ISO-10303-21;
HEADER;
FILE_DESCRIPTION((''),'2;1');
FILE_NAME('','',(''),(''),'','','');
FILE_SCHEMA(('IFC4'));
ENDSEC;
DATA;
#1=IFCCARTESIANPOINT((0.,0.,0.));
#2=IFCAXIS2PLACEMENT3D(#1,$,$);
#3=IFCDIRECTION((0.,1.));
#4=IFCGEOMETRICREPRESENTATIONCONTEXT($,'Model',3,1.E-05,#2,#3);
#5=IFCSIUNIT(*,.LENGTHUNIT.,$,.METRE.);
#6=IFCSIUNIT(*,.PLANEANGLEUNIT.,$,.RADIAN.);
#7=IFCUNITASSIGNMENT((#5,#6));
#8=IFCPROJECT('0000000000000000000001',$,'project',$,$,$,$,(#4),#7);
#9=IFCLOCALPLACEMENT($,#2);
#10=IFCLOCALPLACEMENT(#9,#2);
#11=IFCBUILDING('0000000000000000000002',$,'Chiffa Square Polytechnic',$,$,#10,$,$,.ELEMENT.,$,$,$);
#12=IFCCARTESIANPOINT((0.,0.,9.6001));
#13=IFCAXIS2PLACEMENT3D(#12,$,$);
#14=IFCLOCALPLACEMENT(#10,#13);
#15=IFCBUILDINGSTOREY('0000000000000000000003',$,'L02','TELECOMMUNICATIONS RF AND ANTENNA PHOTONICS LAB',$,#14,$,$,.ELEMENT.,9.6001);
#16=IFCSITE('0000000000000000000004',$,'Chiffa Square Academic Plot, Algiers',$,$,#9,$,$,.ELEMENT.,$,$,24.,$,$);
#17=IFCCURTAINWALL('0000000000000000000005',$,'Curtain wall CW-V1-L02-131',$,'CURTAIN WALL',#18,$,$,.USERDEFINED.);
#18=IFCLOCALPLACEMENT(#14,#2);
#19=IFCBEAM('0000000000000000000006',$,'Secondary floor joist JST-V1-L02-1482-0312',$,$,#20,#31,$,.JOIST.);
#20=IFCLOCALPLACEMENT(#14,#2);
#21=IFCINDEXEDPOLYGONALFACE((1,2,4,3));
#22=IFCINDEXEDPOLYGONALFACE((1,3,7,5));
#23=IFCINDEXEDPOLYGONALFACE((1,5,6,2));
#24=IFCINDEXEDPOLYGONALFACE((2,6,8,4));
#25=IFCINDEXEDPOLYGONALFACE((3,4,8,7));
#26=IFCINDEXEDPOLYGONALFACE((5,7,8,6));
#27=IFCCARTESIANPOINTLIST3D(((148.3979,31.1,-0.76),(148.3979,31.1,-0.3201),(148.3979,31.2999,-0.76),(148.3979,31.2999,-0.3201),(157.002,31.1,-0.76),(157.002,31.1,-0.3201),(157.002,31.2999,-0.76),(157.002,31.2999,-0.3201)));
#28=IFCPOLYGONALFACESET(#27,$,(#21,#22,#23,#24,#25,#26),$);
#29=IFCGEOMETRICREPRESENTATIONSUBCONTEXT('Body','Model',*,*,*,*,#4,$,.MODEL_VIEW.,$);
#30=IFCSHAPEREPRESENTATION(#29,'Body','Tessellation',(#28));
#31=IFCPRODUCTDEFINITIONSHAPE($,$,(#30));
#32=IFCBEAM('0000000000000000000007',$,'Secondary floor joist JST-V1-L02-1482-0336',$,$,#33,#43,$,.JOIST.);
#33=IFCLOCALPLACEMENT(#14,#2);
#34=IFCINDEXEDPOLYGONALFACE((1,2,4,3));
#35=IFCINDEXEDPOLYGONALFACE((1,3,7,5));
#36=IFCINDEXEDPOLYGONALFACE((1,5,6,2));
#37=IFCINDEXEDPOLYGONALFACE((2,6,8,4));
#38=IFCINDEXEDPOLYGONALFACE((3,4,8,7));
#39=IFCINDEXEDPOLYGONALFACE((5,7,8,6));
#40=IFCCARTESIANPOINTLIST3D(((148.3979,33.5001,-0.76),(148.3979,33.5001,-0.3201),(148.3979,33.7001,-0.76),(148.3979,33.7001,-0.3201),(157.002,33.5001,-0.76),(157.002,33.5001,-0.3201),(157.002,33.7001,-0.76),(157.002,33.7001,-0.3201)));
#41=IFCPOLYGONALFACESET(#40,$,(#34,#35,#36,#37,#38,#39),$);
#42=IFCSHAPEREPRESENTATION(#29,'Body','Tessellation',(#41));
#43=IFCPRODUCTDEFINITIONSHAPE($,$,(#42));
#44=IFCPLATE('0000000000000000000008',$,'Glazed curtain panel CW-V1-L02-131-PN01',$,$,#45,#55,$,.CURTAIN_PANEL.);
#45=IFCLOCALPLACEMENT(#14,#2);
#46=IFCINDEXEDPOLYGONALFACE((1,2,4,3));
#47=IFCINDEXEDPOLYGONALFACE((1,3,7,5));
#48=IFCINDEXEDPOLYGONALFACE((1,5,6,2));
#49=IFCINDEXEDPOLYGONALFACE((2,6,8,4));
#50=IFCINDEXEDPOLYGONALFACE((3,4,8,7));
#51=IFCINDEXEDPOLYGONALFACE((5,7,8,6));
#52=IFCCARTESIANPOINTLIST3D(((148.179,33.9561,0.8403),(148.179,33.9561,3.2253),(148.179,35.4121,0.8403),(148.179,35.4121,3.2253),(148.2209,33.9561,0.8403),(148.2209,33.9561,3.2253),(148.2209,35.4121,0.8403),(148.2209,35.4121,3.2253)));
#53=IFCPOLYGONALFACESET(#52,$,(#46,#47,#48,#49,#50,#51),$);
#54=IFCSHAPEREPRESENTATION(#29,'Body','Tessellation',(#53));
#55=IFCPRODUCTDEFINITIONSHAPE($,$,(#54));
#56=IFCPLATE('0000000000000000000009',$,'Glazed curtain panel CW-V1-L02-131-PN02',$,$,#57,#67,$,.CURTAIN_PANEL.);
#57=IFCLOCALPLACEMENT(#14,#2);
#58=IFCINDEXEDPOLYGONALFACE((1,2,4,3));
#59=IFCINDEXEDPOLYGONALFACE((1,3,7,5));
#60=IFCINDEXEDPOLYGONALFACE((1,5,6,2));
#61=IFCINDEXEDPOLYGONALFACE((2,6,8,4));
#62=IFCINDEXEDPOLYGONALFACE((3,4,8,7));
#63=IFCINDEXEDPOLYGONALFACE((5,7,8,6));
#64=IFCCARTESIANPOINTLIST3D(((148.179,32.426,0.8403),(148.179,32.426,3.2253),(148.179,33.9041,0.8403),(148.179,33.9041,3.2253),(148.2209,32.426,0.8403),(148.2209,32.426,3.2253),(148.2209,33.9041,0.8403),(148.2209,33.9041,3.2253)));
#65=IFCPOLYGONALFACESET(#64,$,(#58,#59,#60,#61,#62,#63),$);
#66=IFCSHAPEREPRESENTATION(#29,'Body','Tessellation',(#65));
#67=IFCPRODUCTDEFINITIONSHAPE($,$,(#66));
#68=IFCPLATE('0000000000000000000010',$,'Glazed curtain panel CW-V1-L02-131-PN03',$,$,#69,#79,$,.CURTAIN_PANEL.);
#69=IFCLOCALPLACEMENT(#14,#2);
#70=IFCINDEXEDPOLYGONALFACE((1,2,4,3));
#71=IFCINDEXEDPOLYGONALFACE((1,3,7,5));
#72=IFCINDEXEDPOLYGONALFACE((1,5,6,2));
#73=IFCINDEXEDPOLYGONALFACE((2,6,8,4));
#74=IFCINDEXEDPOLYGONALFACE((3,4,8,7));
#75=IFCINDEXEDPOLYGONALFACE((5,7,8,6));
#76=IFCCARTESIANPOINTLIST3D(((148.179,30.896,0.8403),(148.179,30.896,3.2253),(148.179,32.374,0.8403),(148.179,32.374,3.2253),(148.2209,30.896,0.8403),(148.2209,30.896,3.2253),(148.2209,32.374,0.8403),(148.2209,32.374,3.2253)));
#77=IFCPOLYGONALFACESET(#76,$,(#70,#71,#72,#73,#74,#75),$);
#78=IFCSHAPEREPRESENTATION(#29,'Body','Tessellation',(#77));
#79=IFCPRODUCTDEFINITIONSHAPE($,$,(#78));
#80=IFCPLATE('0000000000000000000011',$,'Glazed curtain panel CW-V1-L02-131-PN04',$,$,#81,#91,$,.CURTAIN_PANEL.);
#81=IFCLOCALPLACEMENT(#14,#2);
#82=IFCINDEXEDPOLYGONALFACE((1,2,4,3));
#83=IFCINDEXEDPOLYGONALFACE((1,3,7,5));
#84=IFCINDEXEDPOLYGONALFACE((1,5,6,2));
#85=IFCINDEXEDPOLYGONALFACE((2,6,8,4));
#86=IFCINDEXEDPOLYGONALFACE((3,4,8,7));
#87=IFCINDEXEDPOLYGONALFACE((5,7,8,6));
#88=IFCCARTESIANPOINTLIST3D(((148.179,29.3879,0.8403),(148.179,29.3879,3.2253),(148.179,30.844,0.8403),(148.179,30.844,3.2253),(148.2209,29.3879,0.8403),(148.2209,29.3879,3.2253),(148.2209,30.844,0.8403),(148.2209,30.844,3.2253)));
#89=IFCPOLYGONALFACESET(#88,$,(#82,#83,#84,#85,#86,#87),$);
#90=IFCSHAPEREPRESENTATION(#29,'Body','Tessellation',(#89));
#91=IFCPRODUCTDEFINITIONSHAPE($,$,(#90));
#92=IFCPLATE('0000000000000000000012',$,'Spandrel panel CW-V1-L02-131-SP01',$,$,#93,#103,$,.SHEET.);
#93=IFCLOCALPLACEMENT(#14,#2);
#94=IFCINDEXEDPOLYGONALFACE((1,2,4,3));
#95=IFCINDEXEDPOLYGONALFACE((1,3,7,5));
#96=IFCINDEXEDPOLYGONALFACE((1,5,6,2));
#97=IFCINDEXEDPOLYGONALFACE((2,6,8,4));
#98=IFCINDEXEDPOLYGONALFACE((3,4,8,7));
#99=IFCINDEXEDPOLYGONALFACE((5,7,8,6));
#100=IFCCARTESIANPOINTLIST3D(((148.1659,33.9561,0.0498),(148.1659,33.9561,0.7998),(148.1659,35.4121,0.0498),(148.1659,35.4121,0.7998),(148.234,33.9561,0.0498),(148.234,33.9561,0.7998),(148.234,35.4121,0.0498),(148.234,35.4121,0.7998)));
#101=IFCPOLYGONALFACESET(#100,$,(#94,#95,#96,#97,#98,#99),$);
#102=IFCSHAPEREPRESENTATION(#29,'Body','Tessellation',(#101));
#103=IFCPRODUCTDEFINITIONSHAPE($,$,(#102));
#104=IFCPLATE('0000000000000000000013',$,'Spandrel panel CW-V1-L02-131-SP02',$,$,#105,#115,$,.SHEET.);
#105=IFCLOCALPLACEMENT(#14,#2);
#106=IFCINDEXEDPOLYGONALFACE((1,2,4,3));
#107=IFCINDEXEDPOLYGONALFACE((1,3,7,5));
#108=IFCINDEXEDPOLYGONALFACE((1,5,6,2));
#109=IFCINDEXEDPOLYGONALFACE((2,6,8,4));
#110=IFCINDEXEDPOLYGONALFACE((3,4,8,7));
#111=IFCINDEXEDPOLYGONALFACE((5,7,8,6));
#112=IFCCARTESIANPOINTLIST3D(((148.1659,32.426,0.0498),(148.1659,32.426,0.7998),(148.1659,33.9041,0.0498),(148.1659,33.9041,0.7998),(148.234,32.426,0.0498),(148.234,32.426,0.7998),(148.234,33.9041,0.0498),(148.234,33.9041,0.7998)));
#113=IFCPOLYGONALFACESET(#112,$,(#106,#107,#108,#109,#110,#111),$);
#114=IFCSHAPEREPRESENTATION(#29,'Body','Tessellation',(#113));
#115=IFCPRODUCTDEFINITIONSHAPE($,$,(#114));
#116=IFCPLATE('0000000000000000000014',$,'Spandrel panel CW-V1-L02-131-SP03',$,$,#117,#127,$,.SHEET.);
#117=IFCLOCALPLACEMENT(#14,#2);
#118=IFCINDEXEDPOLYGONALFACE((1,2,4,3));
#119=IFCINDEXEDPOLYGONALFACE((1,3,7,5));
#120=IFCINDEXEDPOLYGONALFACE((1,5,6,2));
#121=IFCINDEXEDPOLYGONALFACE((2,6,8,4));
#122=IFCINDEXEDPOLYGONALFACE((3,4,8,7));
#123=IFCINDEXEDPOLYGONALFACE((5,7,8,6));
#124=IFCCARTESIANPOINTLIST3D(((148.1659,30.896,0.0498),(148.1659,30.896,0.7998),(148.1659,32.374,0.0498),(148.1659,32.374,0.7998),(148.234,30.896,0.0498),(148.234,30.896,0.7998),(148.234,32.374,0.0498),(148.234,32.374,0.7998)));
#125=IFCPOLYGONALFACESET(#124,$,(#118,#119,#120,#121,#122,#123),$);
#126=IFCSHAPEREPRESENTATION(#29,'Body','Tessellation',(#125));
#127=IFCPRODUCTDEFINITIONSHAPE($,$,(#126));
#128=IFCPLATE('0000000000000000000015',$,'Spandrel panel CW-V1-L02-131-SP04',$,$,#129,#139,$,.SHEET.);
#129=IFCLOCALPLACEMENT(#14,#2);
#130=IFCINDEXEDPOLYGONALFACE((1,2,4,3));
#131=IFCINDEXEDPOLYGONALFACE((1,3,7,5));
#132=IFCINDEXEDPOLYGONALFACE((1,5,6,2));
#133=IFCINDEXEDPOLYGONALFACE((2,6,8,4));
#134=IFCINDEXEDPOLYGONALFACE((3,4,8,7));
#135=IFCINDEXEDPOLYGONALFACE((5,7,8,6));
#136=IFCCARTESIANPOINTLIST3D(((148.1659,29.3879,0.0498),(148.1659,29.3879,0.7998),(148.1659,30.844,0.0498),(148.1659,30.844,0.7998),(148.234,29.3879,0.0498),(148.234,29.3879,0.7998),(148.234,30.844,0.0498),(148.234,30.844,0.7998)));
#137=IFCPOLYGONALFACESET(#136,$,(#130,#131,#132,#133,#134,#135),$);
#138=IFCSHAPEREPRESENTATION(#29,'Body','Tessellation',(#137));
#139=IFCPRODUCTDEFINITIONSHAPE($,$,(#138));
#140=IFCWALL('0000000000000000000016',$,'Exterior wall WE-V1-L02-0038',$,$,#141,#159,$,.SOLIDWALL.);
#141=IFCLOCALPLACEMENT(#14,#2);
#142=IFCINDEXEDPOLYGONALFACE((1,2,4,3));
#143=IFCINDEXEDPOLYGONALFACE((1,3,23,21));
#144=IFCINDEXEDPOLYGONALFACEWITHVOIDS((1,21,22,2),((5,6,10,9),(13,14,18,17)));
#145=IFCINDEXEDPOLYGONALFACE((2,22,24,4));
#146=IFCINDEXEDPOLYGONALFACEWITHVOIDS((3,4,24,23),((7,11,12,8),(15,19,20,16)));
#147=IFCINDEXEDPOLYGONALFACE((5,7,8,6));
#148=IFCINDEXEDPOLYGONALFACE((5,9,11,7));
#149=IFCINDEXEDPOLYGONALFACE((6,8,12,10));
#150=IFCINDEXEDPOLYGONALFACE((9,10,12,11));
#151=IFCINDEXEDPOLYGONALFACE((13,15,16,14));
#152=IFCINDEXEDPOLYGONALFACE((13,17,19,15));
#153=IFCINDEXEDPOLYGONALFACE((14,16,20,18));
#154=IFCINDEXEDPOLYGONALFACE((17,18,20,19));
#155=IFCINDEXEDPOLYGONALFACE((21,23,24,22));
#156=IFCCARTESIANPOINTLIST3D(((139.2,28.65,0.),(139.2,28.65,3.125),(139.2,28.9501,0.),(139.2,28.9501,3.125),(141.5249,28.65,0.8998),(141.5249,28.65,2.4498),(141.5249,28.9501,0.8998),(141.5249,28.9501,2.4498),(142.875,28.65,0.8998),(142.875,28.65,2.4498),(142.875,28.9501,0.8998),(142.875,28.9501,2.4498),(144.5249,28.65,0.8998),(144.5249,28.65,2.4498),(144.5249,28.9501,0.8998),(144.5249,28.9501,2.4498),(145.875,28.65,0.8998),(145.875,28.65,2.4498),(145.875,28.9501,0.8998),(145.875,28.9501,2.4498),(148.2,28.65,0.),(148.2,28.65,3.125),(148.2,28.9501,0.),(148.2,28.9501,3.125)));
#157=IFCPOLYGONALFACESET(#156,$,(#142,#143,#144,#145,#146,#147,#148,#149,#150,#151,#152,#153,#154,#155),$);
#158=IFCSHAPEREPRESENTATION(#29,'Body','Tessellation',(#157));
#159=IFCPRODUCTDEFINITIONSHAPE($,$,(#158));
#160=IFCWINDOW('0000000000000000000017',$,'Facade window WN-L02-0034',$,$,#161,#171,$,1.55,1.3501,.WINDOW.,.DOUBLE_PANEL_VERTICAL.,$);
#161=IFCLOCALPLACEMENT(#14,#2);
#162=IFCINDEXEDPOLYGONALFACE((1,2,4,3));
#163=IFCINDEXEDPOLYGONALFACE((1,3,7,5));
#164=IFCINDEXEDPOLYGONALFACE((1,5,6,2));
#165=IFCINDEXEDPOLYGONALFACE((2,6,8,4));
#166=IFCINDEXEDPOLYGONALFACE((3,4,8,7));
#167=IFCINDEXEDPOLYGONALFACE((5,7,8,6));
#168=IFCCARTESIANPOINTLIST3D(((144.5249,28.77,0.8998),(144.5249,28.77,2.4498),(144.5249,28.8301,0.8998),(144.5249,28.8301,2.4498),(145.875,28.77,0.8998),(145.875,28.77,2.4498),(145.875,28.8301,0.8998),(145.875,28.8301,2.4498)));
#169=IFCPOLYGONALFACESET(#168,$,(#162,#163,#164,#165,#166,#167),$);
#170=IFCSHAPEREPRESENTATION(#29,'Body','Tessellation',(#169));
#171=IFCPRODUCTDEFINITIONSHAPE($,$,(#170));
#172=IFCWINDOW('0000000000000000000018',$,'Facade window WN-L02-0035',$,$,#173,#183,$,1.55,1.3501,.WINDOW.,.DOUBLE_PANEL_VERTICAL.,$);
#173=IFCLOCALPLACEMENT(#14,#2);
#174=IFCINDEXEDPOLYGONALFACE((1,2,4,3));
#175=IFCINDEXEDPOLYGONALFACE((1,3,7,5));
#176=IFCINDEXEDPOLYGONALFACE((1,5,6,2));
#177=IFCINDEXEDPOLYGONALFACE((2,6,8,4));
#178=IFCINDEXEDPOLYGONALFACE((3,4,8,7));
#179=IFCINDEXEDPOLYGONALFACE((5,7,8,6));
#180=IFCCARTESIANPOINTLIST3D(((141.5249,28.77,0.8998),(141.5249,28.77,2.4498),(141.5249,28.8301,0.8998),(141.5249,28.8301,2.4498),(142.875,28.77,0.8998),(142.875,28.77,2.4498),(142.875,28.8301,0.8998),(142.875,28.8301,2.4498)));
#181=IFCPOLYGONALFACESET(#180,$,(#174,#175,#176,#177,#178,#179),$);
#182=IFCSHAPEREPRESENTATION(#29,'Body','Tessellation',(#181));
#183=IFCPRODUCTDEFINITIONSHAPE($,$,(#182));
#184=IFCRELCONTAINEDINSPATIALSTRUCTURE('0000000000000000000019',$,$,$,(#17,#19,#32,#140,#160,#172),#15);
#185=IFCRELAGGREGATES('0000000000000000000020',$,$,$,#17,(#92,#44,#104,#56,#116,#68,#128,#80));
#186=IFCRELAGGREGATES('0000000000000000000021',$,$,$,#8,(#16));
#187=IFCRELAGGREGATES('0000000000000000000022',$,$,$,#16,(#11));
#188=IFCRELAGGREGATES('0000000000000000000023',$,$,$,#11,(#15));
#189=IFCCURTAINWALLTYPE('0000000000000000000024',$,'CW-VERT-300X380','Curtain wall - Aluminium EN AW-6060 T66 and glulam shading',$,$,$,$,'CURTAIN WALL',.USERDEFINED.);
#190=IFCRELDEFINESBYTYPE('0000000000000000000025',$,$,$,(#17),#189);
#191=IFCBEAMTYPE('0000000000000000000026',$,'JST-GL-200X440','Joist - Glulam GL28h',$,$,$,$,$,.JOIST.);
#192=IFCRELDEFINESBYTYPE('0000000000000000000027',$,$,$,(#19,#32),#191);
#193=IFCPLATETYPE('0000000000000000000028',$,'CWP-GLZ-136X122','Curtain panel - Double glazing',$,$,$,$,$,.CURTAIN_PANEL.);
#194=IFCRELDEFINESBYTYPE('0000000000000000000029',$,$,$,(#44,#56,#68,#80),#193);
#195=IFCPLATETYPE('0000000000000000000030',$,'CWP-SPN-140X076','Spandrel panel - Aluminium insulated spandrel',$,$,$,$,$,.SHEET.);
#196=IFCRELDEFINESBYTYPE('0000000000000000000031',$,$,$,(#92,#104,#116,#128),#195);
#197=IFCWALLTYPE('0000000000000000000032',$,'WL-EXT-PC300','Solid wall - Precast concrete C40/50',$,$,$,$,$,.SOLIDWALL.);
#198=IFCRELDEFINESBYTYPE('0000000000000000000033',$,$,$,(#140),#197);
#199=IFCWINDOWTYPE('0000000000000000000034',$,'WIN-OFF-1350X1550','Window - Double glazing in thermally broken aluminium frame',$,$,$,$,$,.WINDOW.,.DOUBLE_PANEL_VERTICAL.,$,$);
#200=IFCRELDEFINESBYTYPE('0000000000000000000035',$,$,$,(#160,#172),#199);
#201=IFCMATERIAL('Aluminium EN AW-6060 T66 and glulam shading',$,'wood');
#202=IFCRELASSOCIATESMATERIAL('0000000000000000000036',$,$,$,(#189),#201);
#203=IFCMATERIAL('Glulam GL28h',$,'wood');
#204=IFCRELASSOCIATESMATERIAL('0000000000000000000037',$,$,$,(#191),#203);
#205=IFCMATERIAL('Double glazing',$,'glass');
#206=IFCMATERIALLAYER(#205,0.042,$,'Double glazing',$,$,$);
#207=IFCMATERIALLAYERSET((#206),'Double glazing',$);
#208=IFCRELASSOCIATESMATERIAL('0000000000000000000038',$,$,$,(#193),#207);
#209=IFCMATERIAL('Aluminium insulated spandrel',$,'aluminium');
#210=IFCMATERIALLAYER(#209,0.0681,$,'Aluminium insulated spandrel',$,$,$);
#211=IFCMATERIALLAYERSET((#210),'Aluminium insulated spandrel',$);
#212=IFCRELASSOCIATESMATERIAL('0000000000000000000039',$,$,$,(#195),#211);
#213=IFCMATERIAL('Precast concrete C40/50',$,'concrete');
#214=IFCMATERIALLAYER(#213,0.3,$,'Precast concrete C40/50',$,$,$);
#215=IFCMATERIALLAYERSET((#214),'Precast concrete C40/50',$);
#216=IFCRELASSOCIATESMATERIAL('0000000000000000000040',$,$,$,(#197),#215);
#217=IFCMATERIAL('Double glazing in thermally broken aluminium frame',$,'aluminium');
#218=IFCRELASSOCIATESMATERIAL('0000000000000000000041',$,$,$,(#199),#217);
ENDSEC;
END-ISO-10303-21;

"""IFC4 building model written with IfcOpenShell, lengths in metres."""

from ifc_helpers import new_model, si_unit, direction, frame, frame_2d, origin, origin_2d, place, context, subcontext, project, spatial, rectangle, extrude, material, layer, layer_set, material_profile, profile_set, type_object, element, fill, aggregate, save


model = new_model("IFC4")

# Units and contexts
model_context = context("Model", 3, precision=1e-05, world=origin(), true_north=direction((0.0, 1.0)))
body_context = subcontext(model_context, "Body", "Model", "MODEL_VIEW")
ifc_project = project(units=[si_unit("LENGTHUNIT", "METRE"), si_unit("PLANEANGLEUNIT", "RADIAN")], contexts=[model_context])

# Site, building, storey
site_placement = place(None, origin())
site = spatial("IfcSite", under=ifc_project, at=site_placement, Name="Chiffa Square Academic Plot, Algiers", CompositionType="ELEMENT", RefElevation=24.0)
building_placement = place(site_placement, origin())
building = spatial("IfcBuilding", under=site, at=building_placement, Name="Chiffa Square Polytechnic", CompositionType="ELEMENT")
storey_placement = place(building_placement, frame((0.0, 0.0, 9.6001)))
storey = spatial("IfcBuildingStorey", under=building, at=storey_placement, Name="L02", Description="TELECOMMUNICATIONS RF AND ANTENNA PHOTONICS LAB", CompositionType="ELEMENT", Elevation=9.6001)

# Curtain wall
ifc_material_1 = material(Name="Aluminium EN AW-6060 T66 and glulam shading", Category="wood")
curtain_wall_type = type_object("IfcCurtainWallType", Name="CW-VERT-300X380", Description="Curtain wall - Aluminium EN AW-6060 T66 and glulam shading", ElementType="CURTAIN WALL", PredefinedType="USERDEFINED", material=ifc_material_1)
curtain_wall_placement = place(storey_placement, origin())
curtain_wall = element("IfcCurtainWall", 1, at=curtain_wall_placement, inside=storey, type_object=curtain_wall_type, Name="Curtain wall CW-V1-L02-131", ObjectType="CURTAIN WALL", PredefinedType="USERDEFINED")
ifc_material_2 = material(Name="Glulam GL28h", Category="wood")

# Beams
ifc_material_profile_1 = material_profile(ifc_material_2, rectangle(XDim=0.2, YDim=0.4399, at=origin_2d()), Name="GL28h 200x440")
ifc_profile_set_1 = profile_set([ifc_material_profile_1], Name="Glulam GL28h")
beam_type_1 = type_object("IfcBeamType", Name="JST-GL-200X440", Description="Joist - Glulam GL28h", PredefinedType="JOIST", material=ifc_profile_set_1)
for number, where, z_axis, x_axis, name in (
    (2, (148.3979, 31.2, -0.54), (1.0, 0.0, 0.0), (0.0, 1.0, 0.0), "Secondary floor joist JST-V1-L02-1482-0312"),
    (3, (148.3979, 33.6001, -0.54), (1.0, 0.0, 0.0), (0.0, 1.0, 0.0), "Secondary floor joist JST-V1-L02-1482-0336"),
):
    element("IfcBeam", number, at=place(storey_placement, frame(where, z_axis=z_axis, x_axis=x_axis)), inside=storey, type_object=beam_type_1, Name=name, PredefinedType="JOIST", context=body_context, shape_type="SweptSolid", body=[
        extrude(rectangle(XDim=0.2, YDim=0.4399, at=origin_2d()), origin(), (0.0, 0.0, 1.0), 8.604),
    ])

# Plates
ifc_material_3 = material(Name="Double glazing", Category="glass")
ifc_layer_1 = layer(ifc_material_3, 0.042, Name="Double glazing")
ifc_layer_set_1 = layer_set([ifc_layer_1], Name="Double glazing")
plate_type_1 = type_object("IfcPlateType", Name="CWP-GLZ-136X122", Description="Curtain panel - Double glazing", PredefinedType="CURTAIN_PANEL", material=ifc_layer_set_1)
plate_1_placement = place(storey_placement, frame((148.2, 34.6841, 0.8403), z_axis=(0.0, 0.0, 1.0), x_axis=(0.0, -1.0, 0.0)))
plate_1 = element("IfcPlate", 4, at=plate_1_placement, type_object=plate_type_1, Name="Glazed curtain panel CW-V1-L02-131-PN01", PredefinedType="CURTAIN_PANEL", context=body_context, shape_type="SweptSolid", body=[
    extrude(rectangle(XDim=1.4561, YDim=0.042, at=origin_2d()), origin(), (0.0, 0.0, 1.0), 2.385),
])
plate_2_placement = place(storey_placement, frame((148.2, 33.165, 0.8403), z_axis=(0.0, 0.0, 1.0), x_axis=(0.0, -1.0, 0.0)))
plate_2 = element("IfcPlate", 5, at=plate_2_placement, type_object=plate_type_1, Name="Glazed curtain panel CW-V1-L02-131-PN02", PredefinedType="CURTAIN_PANEL", context=body_context, shape_type="SweptSolid", body=[
    extrude(rectangle(XDim=1.478, YDim=0.042, at=origin_2d()), origin(), (0.0, 0.0, 1.0), 2.385),
])
plate_3_placement = place(storey_placement, frame((148.2, 31.635, 0.8403), z_axis=(0.0, 0.0, 1.0), x_axis=(0.0, -1.0, 0.0)))
plate_3 = element("IfcPlate", 6, at=plate_3_placement, type_object=plate_type_1, Name="Glazed curtain panel CW-V1-L02-131-PN03", PredefinedType="CURTAIN_PANEL", context=body_context, shape_type="SweptSolid", body=[
    extrude(rectangle(XDim=1.478, YDim=0.042, at=origin_2d()), origin(), (0.0, 0.0, 1.0), 2.385),
])
plate_4_placement = place(storey_placement, frame((148.2, 30.116, 0.8403), z_axis=(0.0, 0.0, 1.0), x_axis=(0.0, -1.0, 0.0)))
plate_4 = element("IfcPlate", 7, at=plate_4_placement, type_object=plate_type_1, Name="Glazed curtain panel CW-V1-L02-131-PN04", PredefinedType="CURTAIN_PANEL", context=body_context, shape_type="SweptSolid", body=[
    extrude(rectangle(XDim=1.4561, YDim=0.042, at=origin_2d()), origin(), (0.0, 0.0, 1.0), 2.385),
])
ifc_material_4 = material(Name="Aluminium insulated spandrel", Category="aluminium")
ifc_layer_2 = layer(ifc_material_4, 0.0681, Name="Aluminium insulated spandrel")
ifc_layer_set_2 = layer_set([ifc_layer_2], Name="Aluminium insulated spandrel")
plate_type_2 = type_object("IfcPlateType", Name="CWP-SPN-140X076", Description="Spandrel panel - Aluminium insulated spandrel", PredefinedType="SHEET", material=ifc_layer_set_2)
plate_5_placement = place(storey_placement, frame((148.2, 34.6841, 0.0498), z_axis=(0.0, 0.0, 1.0), x_axis=(0.0, -1.0, 0.0)))
plate_5 = element("IfcPlate", 8, at=plate_5_placement, type_object=plate_type_2, Name="Spandrel panel CW-V1-L02-131-SP01", PredefinedType="SHEET", context=body_context, shape_type="SweptSolid", body=[
    extrude(rectangle(XDim=1.4561, YDim=0.0681, at=origin_2d()), origin(), (0.0, 0.0, 1.0), 0.75),
])
plate_6_placement = place(storey_placement, frame((148.2, 33.165, 0.0498), z_axis=(0.0, 0.0, 1.0), x_axis=(0.0, -1.0, 0.0)))
plate_6 = element("IfcPlate", 9, at=plate_6_placement, type_object=plate_type_2, Name="Spandrel panel CW-V1-L02-131-SP02", PredefinedType="SHEET", context=body_context, shape_type="SweptSolid", body=[
    extrude(rectangle(XDim=1.478, YDim=0.0681, at=origin_2d()), origin(), (0.0, 0.0, 1.0), 0.75),
])
plate_7_placement = place(storey_placement, frame((148.2, 31.635, 0.0498), z_axis=(0.0, 0.0, 1.0), x_axis=(0.0, -1.0, 0.0)))
plate_7 = element("IfcPlate", 10, at=plate_7_placement, type_object=plate_type_2, Name="Spandrel panel CW-V1-L02-131-SP03", PredefinedType="SHEET", context=body_context, shape_type="SweptSolid", body=[
    extrude(rectangle(XDim=1.478, YDim=0.0681, at=origin_2d()), origin(), (0.0, 0.0, 1.0), 0.75),
])
plate_8_placement = place(storey_placement, frame((148.2, 30.116, 0.0498), z_axis=(0.0, 0.0, 1.0), x_axis=(0.0, -1.0, 0.0)))
plate_8 = element("IfcPlate", 11, at=plate_8_placement, type_object=plate_type_2, Name="Spandrel panel CW-V1-L02-131-SP04", PredefinedType="SHEET", context=body_context, shape_type="SweptSolid", body=[
    extrude(rectangle(XDim=1.4561, YDim=0.0681, at=origin_2d()), origin(), (0.0, 0.0, 1.0), 0.75),
])
aggregate(curtain_wall, [plate_5, plate_1, plate_6, plate_2, plate_7, plate_3, plate_8, plate_4])

# Wall, openings, windows
ifc_material_5 = material(Name="Precast concrete C40/50", Category="concrete")
ifc_layer_3 = layer(ifc_material_5, 0.3, Name="Precast concrete C40/50")
ifc_layer_set_3 = layer_set([ifc_layer_3], Name="Precast concrete C40/50")
wall_type_1 = type_object("IfcWallType", Name="WL-EXT-PC300", Description="Solid wall - Precast concrete C40/50", PredefinedType="SOLIDWALL", material=ifc_layer_set_3)
wall_1_placement = place(storey_placement, frame((148.2, 28.8, 0.0), z_axis=(0.0, 0.0, 1.0), x_axis=(-1.0, 0.0, 0.0)))
wall_1 = element("IfcWall", 12, at=wall_1_placement, inside=storey, type_object=wall_type_1, Name="Exterior wall WE-V1-L02-0038", PredefinedType="SOLIDWALL", context=body_context, shape_type="SweptSolid", body=[
    extrude(rectangle(XDim=9.0, YDim=0.3, at=frame_2d((4.5, 0.0))), origin(), (0.0, 0.0, 1.0), 3.125),
])
opening_1_placement = place(wall_1_placement, frame((2.325, 0.0, 0.8999)))
opening_1 = element("IfcOpeningElement", 13, at=opening_1_placement, cuts=wall_1, PredefinedType="OPENING", context=body_context, shape_type="SweptSolid", body=[
    extrude(rectangle(XDim=1.3501, YDim=1.55, at=frame_2d((0.675, 0.7749))), frame((0.0, 0.1602, 0.0), z_axis=(0.0, -1.0, 0.0), x_axis=(1.0, 0.0, 0.0)), (0.0, 0.0, 1.0), 0.3201),
])
opening_2_placement = place(wall_1_placement, frame((5.325, 0.0, 0.8999)))
opening_2 = element("IfcOpeningElement", 14, at=opening_2_placement, cuts=wall_1, PredefinedType="OPENING", context=body_context, shape_type="SweptSolid", body=[
    extrude(rectangle(XDim=1.3501, YDim=1.55, at=frame_2d((0.675, 0.7749))), frame((0.0, 0.1602, 0.0), z_axis=(0.0, -1.0, 0.0), x_axis=(1.0, 0.0, 0.0)), (0.0, 0.0, 1.0), 0.3201),
])
ifc_material_6 = material(Name="Double glazing in thermally broken aluminium frame", Category="aluminium")
window_type = type_object("IfcWindowType", Name="WIN-OFF-1350X1550", Description="Window - Double glazing in thermally broken aluminium frame", PartitioningType="DOUBLE_PANEL_VERTICAL", PredefinedType="WINDOW", material=ifc_material_6)
window_1_placement = place(opening_1_placement, origin())
window_1 = element("IfcWindow", 15, at=window_1_placement, inside=storey, type_object=window_type, Name="Facade window WN-L02-0034", OverallHeight=1.55, OverallWidth=1.3501, PartitioningType="DOUBLE_PANEL_VERTICAL", PredefinedType="WINDOW", context=body_context, shape_type="SweptSolid", body=[
    extrude(rectangle(XDim=1.3501, YDim=1.55, at=frame_2d((0.675, 0.7749))), frame((0.0, 0.03, 0.0), z_axis=(0.0, -1.0, 0.0), x_axis=(1.0, 0.0, 0.0)), (0.0, 0.0, 1.0), 0.0601),
])
fill(opening_1, window_1)
window_2_placement = place(opening_2_placement, origin())
window_2 = element("IfcWindow", 16, at=window_2_placement, inside=storey, type_object=window_type, Name="Facade window WN-L02-0035", OverallHeight=1.55, OverallWidth=1.3501, PartitioningType="DOUBLE_PANEL_VERTICAL", PredefinedType="WINDOW", context=body_context, shape_type="SweptSolid", body=[
    extrude(rectangle(XDim=1.3501, YDim=1.55, at=frame_2d((0.675, 0.7749))), frame((0.0, 0.03, 0.0), z_axis=(0.0, -1.0, 0.0), x_axis=(1.0, 0.0, 0.0)), (0.0, 0.0, 1.0), 0.0601),
])
fill(opening_2, window_2)

save(model, "model.ifc")
